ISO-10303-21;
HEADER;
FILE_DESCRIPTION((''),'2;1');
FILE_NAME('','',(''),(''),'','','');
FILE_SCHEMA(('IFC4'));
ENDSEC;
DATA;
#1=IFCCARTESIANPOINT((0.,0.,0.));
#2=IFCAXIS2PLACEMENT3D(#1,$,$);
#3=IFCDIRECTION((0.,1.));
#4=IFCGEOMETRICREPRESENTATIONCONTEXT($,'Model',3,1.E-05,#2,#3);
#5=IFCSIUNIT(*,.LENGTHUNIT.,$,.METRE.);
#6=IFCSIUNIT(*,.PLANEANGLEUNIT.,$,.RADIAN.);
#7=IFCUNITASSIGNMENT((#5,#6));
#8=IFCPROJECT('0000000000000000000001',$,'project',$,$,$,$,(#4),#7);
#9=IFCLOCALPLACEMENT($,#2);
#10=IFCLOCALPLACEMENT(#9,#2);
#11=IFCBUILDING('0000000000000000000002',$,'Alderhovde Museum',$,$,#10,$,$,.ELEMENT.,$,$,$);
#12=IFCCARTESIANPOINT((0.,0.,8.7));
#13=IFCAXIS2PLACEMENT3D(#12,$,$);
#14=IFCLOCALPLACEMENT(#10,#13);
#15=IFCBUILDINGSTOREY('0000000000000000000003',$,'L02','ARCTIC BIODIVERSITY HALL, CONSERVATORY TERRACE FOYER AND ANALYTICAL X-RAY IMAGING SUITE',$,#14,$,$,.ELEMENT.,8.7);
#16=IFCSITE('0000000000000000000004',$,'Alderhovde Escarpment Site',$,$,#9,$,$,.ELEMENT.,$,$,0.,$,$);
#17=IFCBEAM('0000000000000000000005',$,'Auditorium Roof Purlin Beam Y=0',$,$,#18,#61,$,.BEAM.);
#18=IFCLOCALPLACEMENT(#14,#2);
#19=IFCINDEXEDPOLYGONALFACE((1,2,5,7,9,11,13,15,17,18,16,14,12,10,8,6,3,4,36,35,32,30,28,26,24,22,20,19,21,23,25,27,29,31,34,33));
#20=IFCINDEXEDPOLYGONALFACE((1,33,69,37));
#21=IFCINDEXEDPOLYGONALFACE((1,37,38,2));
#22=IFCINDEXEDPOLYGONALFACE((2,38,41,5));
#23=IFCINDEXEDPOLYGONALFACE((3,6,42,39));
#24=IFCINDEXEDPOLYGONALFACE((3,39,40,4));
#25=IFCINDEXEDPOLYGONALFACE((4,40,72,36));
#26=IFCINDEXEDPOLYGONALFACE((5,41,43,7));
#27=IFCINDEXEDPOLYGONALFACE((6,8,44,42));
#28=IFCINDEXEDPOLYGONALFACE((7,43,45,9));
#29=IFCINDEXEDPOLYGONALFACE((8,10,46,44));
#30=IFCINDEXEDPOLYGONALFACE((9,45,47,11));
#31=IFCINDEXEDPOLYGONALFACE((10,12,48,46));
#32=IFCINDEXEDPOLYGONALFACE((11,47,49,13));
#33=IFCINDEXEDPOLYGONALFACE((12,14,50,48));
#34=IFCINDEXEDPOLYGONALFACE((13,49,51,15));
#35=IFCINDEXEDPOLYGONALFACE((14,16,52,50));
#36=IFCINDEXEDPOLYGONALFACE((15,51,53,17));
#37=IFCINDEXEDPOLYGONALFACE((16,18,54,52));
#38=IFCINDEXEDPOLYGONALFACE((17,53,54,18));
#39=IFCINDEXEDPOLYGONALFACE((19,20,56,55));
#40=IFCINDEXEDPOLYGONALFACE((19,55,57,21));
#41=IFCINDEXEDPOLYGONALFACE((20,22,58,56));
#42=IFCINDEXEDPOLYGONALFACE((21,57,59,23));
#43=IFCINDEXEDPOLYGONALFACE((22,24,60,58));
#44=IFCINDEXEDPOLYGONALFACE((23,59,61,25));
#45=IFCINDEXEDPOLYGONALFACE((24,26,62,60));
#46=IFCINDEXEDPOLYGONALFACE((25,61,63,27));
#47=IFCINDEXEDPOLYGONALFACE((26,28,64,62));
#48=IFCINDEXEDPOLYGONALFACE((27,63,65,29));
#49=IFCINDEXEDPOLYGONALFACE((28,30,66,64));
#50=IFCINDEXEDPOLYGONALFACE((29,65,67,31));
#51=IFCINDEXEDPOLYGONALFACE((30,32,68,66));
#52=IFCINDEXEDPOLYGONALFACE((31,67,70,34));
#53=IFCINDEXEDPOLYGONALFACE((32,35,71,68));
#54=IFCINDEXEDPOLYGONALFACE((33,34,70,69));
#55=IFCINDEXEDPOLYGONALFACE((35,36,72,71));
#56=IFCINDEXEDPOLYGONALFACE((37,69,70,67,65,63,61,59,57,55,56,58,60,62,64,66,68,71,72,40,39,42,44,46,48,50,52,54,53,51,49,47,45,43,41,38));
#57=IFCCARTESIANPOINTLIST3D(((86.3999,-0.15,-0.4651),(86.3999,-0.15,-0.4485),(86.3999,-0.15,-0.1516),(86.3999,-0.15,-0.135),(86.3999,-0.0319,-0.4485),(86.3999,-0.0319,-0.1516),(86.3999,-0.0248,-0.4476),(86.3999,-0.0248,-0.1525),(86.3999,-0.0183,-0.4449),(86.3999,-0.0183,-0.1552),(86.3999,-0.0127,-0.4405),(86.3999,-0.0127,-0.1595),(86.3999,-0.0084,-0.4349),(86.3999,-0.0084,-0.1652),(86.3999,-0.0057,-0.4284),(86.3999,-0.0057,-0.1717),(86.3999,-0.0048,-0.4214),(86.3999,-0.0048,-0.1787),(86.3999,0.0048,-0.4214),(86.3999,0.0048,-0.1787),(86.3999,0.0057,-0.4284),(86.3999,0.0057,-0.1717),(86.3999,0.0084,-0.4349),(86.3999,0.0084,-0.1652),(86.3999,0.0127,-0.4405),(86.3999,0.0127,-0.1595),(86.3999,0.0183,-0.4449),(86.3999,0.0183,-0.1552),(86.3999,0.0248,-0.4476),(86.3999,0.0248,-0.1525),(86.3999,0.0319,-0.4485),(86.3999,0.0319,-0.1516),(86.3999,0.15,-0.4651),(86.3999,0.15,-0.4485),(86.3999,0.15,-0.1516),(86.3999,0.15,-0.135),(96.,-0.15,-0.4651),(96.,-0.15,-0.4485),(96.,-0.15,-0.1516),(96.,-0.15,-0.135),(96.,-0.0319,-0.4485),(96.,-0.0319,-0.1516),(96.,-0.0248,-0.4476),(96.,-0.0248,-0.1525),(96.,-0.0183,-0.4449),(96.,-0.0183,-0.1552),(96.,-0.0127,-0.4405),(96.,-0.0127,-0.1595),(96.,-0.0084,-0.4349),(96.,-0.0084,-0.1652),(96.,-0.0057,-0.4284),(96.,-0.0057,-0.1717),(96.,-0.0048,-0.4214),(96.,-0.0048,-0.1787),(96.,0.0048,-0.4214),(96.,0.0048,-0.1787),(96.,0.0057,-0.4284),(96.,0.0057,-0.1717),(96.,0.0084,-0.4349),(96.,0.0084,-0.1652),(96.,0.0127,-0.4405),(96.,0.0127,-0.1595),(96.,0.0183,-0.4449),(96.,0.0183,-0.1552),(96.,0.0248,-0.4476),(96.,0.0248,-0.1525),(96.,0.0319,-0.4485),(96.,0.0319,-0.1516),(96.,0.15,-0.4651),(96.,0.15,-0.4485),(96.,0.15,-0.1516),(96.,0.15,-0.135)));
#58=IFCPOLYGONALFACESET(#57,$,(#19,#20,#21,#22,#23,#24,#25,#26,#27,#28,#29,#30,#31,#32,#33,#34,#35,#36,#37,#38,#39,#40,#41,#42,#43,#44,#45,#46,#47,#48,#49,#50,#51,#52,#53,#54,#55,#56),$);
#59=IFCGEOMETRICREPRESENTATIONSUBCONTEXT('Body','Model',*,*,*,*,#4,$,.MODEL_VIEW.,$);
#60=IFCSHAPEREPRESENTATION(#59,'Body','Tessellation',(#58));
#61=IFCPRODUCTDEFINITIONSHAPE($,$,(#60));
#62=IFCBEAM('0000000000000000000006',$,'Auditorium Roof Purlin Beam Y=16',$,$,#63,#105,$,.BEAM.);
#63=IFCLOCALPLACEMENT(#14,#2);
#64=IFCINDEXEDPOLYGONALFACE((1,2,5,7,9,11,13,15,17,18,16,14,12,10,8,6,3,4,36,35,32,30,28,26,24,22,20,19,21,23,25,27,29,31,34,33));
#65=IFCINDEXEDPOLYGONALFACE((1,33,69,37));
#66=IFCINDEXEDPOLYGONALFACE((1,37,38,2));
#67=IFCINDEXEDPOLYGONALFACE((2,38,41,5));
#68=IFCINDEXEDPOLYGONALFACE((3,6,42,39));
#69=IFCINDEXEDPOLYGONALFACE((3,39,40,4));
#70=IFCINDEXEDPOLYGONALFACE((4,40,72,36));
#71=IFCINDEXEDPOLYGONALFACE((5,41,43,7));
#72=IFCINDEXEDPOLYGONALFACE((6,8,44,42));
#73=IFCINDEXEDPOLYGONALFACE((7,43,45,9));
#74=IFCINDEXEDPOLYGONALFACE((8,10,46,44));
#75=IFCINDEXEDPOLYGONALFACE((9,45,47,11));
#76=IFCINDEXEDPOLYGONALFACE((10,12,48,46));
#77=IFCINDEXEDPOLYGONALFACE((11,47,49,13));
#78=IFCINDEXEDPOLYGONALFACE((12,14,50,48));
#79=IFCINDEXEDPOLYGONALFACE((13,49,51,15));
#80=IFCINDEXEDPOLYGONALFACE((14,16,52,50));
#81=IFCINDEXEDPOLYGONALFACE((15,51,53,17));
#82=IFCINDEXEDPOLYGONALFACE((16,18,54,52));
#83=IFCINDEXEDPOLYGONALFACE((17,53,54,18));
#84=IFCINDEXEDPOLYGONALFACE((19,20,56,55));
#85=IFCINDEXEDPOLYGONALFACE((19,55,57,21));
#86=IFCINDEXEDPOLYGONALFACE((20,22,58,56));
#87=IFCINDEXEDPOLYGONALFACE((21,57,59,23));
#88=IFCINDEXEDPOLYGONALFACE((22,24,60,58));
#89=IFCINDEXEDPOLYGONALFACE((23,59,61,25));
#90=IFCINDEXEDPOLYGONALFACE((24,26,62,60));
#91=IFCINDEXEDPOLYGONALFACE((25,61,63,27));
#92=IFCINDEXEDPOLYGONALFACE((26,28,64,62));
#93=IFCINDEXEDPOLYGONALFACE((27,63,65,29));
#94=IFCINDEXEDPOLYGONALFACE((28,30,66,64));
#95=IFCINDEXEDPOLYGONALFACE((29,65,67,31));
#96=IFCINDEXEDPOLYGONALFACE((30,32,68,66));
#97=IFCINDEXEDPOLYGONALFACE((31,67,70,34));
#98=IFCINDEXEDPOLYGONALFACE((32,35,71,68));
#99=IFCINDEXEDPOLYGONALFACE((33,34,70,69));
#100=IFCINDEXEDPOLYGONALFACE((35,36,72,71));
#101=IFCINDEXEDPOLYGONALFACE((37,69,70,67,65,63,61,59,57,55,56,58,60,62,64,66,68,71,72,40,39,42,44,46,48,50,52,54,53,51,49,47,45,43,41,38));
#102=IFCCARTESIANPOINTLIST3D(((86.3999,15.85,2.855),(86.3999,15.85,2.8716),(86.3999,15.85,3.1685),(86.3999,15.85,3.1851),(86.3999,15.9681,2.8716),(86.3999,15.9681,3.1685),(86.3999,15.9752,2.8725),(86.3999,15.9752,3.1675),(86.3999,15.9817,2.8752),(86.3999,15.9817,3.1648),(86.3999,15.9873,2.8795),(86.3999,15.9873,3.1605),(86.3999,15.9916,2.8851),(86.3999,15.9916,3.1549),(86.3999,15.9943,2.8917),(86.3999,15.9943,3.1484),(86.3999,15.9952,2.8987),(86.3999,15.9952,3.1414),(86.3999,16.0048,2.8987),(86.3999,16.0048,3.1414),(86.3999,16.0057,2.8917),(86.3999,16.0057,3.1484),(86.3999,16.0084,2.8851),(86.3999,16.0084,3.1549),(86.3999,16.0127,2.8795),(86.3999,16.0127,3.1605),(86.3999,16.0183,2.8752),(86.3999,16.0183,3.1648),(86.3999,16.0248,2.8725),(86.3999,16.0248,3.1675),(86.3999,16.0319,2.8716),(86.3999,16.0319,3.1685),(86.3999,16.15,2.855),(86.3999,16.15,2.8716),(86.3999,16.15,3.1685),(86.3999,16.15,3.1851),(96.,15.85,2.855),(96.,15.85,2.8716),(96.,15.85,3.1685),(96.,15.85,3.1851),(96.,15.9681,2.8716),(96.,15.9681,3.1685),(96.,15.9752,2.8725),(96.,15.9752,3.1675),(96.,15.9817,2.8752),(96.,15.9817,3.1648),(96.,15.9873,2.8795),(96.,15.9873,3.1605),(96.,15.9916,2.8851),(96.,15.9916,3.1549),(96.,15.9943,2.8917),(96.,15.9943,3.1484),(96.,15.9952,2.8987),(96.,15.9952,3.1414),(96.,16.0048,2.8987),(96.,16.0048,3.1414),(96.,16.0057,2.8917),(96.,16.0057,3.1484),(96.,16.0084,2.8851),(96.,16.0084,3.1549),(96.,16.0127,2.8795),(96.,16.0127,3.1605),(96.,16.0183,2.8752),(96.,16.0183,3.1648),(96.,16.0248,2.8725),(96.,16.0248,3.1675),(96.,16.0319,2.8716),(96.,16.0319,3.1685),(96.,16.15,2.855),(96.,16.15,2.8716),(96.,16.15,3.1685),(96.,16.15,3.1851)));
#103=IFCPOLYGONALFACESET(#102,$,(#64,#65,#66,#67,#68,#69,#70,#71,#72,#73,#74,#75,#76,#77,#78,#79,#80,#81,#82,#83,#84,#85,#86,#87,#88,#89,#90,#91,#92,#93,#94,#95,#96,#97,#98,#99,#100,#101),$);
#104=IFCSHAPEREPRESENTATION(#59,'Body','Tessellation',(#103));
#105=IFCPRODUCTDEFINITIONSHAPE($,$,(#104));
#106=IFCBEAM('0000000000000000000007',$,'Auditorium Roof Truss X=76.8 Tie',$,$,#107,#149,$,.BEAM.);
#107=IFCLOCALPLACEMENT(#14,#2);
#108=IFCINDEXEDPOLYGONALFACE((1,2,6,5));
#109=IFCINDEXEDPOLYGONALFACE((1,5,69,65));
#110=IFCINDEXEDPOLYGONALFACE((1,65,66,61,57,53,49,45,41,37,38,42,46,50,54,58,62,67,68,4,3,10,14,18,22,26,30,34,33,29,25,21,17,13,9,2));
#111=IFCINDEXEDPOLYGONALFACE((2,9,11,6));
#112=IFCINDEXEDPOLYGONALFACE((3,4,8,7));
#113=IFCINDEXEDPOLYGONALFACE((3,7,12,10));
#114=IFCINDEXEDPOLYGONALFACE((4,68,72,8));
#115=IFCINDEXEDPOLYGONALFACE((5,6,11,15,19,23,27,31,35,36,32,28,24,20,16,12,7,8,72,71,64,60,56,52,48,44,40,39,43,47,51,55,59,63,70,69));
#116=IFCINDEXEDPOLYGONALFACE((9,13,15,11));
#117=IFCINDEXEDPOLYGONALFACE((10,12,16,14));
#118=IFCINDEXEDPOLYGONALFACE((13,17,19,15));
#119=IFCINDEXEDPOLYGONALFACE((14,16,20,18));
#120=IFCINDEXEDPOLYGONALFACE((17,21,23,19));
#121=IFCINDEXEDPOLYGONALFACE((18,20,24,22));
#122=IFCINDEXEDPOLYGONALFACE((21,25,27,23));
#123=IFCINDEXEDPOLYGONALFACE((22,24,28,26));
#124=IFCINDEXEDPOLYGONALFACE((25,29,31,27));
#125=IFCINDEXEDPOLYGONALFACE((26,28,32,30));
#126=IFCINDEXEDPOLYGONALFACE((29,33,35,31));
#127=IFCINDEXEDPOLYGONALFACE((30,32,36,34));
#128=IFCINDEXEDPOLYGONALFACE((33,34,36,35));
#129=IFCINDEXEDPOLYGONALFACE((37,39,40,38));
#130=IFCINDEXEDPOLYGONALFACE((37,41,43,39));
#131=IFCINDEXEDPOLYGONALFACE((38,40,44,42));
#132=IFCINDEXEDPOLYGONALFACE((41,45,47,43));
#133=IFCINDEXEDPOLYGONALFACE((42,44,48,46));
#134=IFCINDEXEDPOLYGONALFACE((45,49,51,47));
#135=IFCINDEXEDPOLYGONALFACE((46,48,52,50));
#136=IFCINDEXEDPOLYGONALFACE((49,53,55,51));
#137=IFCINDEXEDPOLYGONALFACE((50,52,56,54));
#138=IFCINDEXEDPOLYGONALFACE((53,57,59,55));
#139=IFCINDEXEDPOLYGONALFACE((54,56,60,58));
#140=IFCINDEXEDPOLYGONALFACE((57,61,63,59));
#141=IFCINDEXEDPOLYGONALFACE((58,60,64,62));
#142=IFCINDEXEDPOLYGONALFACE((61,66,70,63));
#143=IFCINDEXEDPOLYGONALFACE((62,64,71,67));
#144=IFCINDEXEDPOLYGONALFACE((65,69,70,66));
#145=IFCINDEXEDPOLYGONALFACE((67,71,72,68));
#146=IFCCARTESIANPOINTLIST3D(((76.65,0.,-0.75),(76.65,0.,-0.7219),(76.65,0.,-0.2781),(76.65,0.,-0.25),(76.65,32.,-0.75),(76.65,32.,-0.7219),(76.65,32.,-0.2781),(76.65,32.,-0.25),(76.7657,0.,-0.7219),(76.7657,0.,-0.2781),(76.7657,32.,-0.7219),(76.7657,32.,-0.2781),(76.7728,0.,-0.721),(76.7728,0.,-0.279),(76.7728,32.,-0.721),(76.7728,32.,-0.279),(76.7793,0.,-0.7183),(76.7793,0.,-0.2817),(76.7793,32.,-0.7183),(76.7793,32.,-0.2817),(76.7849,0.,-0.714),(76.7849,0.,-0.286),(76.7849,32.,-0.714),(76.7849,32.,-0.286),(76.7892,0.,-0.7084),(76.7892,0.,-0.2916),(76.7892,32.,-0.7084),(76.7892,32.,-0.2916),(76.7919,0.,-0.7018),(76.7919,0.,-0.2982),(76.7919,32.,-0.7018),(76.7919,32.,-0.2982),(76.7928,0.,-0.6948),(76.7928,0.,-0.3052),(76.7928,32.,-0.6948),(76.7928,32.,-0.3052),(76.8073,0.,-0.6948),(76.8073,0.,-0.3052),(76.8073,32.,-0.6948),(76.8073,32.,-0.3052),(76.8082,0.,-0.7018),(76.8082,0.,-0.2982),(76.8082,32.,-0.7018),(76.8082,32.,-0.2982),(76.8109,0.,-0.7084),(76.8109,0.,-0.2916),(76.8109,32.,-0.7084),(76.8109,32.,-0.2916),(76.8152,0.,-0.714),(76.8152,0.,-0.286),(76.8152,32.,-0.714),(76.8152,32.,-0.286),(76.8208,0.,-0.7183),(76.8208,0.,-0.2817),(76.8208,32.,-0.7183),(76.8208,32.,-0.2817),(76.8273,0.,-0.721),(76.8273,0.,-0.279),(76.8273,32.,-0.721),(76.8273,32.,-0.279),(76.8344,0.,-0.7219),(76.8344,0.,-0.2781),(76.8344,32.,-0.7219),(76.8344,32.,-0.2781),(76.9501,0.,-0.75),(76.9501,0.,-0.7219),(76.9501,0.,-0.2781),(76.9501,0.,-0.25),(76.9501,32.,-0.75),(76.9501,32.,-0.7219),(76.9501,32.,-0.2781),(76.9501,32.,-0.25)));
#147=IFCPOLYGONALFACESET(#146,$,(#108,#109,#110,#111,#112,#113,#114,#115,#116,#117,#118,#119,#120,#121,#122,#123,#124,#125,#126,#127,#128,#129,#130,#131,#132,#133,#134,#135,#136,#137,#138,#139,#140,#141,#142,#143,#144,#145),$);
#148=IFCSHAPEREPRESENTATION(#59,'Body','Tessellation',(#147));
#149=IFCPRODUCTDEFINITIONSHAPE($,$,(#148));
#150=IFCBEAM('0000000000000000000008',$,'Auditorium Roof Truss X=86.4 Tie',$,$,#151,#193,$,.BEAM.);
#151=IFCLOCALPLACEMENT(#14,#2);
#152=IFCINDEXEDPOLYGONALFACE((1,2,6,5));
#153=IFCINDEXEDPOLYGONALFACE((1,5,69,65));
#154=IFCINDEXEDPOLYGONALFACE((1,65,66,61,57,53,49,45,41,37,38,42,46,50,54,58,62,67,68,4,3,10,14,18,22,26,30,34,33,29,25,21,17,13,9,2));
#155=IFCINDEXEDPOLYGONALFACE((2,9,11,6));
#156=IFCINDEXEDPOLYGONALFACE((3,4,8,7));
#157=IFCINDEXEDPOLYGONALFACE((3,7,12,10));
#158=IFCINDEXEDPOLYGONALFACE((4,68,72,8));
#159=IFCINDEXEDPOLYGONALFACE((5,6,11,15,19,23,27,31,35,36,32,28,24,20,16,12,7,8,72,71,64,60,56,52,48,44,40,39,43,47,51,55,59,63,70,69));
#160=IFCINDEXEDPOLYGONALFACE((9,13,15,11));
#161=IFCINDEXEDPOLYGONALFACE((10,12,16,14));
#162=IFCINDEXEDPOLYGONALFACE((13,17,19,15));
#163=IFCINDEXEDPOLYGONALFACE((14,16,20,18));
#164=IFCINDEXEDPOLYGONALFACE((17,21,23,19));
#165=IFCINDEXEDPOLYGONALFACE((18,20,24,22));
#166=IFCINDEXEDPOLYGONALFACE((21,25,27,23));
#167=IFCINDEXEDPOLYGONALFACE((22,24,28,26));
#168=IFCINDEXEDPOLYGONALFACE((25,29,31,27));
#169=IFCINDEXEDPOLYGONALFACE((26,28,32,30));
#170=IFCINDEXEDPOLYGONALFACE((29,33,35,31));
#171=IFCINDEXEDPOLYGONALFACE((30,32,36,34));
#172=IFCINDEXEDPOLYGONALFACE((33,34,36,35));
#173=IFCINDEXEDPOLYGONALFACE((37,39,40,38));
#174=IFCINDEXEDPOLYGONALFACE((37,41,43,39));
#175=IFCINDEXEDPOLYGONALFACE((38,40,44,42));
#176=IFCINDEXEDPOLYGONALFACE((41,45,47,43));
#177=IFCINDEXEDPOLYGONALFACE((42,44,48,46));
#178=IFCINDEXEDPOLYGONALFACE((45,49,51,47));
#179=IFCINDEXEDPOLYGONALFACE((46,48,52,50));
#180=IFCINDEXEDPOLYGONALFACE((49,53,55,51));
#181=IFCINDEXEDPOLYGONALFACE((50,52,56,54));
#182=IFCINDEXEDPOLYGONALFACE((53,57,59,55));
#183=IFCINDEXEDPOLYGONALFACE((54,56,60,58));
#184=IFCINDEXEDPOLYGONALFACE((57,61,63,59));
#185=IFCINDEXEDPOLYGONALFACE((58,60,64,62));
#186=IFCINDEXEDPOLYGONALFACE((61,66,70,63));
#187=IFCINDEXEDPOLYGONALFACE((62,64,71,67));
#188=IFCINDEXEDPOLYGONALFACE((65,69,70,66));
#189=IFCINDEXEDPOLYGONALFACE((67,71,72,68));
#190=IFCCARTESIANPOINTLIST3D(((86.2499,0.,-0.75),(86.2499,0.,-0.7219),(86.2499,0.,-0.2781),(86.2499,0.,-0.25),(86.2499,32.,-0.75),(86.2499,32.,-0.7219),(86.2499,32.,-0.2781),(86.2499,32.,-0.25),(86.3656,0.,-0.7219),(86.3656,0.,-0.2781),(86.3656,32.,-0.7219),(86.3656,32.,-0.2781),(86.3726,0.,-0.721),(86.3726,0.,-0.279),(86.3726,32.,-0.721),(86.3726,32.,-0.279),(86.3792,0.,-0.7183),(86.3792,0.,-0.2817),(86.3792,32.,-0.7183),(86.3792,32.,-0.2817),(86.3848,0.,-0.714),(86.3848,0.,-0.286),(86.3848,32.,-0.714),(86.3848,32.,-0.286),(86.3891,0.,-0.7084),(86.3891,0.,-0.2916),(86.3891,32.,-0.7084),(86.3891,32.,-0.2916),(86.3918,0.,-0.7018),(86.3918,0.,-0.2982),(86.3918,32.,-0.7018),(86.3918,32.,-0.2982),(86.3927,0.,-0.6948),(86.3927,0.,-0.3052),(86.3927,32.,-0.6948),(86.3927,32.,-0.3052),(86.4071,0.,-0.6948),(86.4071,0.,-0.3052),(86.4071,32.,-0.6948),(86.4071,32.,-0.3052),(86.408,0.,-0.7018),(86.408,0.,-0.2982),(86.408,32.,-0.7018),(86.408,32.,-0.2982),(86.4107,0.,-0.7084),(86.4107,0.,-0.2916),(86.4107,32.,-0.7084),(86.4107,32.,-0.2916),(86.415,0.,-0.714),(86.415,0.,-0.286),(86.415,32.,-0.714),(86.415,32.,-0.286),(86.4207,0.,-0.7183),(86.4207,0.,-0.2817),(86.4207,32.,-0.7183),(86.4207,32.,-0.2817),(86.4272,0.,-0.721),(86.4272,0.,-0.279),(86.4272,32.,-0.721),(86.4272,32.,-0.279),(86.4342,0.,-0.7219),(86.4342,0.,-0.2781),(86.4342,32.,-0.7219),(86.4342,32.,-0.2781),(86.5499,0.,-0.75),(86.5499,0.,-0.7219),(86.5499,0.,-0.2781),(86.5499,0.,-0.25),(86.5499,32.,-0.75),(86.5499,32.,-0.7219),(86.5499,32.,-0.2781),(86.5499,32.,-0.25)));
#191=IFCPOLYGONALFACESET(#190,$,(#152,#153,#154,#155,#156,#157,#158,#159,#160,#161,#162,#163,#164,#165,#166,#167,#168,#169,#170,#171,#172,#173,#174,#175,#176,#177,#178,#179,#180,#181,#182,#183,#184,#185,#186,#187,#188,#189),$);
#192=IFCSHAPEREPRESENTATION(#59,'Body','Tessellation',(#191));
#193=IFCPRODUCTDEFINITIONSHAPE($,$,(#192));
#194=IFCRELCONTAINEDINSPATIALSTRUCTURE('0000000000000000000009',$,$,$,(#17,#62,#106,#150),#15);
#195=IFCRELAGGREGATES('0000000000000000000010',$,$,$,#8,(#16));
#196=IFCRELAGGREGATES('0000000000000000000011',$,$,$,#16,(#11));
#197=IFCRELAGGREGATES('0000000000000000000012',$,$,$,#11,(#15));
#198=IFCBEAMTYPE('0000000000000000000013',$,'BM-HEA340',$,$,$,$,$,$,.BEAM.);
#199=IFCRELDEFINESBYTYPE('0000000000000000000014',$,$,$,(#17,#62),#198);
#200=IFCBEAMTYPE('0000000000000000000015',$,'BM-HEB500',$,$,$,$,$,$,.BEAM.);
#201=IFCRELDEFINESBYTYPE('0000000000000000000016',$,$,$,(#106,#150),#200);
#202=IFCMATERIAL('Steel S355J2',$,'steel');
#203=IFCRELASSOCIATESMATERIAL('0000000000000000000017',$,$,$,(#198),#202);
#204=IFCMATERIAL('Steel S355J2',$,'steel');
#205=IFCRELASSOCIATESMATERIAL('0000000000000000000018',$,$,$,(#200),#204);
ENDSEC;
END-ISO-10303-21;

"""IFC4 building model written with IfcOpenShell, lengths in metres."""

from ifc_helpers import new_model, si_unit, direction, frame, origin, origin_2d, place, context, subcontext, project, spatial, i_section, extrude, material, material_profile, profile_set, type_object, element, save


model = new_model("IFC4")

# Units and contexts
model_context = context("Model", 3, precision=1e-05, world=origin(), true_north=direction((0.0, 1.0)))
body_context = subcontext(model_context, "Body", "Model", "MODEL_VIEW")
ifc_project = project(units=[si_unit("LENGTHUNIT", "METRE"), si_unit("PLANEANGLEUNIT", "RADIAN")], contexts=[model_context])

# Site, building, storey
site_placement = place(None, origin())
site = spatial("IfcSite", under=ifc_project, at=site_placement, Name="Alderhovde Escarpment Site", CompositionType="ELEMENT", RefElevation=0.0)
building_placement = place(site_placement, origin())
building = spatial("IfcBuilding", under=site, at=building_placement, Name="Alderhovde Museum", CompositionType="ELEMENT")
storey_placement = place(building_placement, frame((0.0, 0.0, 8.7)))
storey = spatial("IfcBuildingStorey", under=building, at=storey_placement, Name="L02", Description="ARCTIC BIODIVERSITY HALL, CONSERVATORY TERRACE FOYER AND ANALYTICAL X-RAY IMAGING SUITE", CompositionType="ELEMENT", Elevation=8.7)

# Beams
ifc_material_1 = material(Name="Steel S355J2", Category="steel")
ifc_material_profile_1 = material_profile(ifc_material_1, i_section(OverallWidth=0.3, OverallDepth=0.3301, WebThickness=0.0095, FlangeThickness=0.0166, FilletRadius=0.0271, at=origin_2d()), Name="HEA 340")
ifc_profile_set_1 = profile_set([ifc_material_profile_1], Name="Steel S355J2")
beam_type_1 = type_object("IfcBeamType", Name="BM-HEA340", PredefinedType="BEAM", material=ifc_profile_set_1)
for number, where, z_axis, x_axis, name in (
    (1, (86.3999, 0.0, -0.3), (1.0, 0.0, 0.0), (0.0, 1.0, 0.0), "Auditorium Roof Purlin Beam Y=0"),
    (2, (86.3999, 16.0, 3.02), (1.0, 0.0, 0.0), (0.0, 1.0, 0.0), "Auditorium Roof Purlin Beam Y=16"),
):
    element("IfcBeam", number, at=place(storey_placement, frame(where, z_axis=z_axis, x_axis=x_axis)), inside=storey, type_object=beam_type_1, Name=name, PredefinedType="BEAM", context=body_context, shape_type="SweptSolid", body=[
        extrude(i_section(OverallWidth=0.3, OverallDepth=0.3301, WebThickness=0.0095, FlangeThickness=0.0166, FilletRadius=0.0271, at=origin_2d()), origin(), (0.0, 0.0, 1.0), 9.6001),
    ])
ifc_material_2 = material(Name="Steel S355J2", Category="steel")
ifc_material_profile_2 = material_profile(ifc_material_2, i_section(OverallWidth=0.3, OverallDepth=0.5, WebThickness=0.0144, FlangeThickness=0.0281, FilletRadius=0.0271, at=origin_2d()), Name="HEB 500")
ifc_profile_set_2 = profile_set([ifc_material_profile_2], Name="Steel S355J2")
beam_type_2 = type_object("IfcBeamType", Name="BM-HEB500", PredefinedType="BEAM", material=ifc_profile_set_2)
for number, where, z_axis, x_axis, name in (
    (3, (76.8, 0.0, -0.5), (0.0, 1.0, 0.0), (-1.0, 0.0, 0.0), "Auditorium Roof Truss X=76.8 Tie"),
    (4, (86.3999, 0.0, -0.5), (0.0, 1.0, 0.0), (-1.0, 0.0, 0.0), "Auditorium Roof Truss X=86.4 Tie"),
):
    element("IfcBeam", number, at=place(storey_placement, frame(where, z_axis=z_axis, x_axis=x_axis)), inside=storey, type_object=beam_type_2, Name=name, PredefinedType="BEAM", context=body_context, shape_type="SweptSolid", body=[
        extrude(i_section(OverallWidth=0.3, OverallDepth=0.5, WebThickness=0.0144, FlangeThickness=0.0281, FilletRadius=0.0271, at=origin_2d()), origin(), (0.0, 0.0, 1.0), 32.0),
    ])

save(model, "model.ifc")
